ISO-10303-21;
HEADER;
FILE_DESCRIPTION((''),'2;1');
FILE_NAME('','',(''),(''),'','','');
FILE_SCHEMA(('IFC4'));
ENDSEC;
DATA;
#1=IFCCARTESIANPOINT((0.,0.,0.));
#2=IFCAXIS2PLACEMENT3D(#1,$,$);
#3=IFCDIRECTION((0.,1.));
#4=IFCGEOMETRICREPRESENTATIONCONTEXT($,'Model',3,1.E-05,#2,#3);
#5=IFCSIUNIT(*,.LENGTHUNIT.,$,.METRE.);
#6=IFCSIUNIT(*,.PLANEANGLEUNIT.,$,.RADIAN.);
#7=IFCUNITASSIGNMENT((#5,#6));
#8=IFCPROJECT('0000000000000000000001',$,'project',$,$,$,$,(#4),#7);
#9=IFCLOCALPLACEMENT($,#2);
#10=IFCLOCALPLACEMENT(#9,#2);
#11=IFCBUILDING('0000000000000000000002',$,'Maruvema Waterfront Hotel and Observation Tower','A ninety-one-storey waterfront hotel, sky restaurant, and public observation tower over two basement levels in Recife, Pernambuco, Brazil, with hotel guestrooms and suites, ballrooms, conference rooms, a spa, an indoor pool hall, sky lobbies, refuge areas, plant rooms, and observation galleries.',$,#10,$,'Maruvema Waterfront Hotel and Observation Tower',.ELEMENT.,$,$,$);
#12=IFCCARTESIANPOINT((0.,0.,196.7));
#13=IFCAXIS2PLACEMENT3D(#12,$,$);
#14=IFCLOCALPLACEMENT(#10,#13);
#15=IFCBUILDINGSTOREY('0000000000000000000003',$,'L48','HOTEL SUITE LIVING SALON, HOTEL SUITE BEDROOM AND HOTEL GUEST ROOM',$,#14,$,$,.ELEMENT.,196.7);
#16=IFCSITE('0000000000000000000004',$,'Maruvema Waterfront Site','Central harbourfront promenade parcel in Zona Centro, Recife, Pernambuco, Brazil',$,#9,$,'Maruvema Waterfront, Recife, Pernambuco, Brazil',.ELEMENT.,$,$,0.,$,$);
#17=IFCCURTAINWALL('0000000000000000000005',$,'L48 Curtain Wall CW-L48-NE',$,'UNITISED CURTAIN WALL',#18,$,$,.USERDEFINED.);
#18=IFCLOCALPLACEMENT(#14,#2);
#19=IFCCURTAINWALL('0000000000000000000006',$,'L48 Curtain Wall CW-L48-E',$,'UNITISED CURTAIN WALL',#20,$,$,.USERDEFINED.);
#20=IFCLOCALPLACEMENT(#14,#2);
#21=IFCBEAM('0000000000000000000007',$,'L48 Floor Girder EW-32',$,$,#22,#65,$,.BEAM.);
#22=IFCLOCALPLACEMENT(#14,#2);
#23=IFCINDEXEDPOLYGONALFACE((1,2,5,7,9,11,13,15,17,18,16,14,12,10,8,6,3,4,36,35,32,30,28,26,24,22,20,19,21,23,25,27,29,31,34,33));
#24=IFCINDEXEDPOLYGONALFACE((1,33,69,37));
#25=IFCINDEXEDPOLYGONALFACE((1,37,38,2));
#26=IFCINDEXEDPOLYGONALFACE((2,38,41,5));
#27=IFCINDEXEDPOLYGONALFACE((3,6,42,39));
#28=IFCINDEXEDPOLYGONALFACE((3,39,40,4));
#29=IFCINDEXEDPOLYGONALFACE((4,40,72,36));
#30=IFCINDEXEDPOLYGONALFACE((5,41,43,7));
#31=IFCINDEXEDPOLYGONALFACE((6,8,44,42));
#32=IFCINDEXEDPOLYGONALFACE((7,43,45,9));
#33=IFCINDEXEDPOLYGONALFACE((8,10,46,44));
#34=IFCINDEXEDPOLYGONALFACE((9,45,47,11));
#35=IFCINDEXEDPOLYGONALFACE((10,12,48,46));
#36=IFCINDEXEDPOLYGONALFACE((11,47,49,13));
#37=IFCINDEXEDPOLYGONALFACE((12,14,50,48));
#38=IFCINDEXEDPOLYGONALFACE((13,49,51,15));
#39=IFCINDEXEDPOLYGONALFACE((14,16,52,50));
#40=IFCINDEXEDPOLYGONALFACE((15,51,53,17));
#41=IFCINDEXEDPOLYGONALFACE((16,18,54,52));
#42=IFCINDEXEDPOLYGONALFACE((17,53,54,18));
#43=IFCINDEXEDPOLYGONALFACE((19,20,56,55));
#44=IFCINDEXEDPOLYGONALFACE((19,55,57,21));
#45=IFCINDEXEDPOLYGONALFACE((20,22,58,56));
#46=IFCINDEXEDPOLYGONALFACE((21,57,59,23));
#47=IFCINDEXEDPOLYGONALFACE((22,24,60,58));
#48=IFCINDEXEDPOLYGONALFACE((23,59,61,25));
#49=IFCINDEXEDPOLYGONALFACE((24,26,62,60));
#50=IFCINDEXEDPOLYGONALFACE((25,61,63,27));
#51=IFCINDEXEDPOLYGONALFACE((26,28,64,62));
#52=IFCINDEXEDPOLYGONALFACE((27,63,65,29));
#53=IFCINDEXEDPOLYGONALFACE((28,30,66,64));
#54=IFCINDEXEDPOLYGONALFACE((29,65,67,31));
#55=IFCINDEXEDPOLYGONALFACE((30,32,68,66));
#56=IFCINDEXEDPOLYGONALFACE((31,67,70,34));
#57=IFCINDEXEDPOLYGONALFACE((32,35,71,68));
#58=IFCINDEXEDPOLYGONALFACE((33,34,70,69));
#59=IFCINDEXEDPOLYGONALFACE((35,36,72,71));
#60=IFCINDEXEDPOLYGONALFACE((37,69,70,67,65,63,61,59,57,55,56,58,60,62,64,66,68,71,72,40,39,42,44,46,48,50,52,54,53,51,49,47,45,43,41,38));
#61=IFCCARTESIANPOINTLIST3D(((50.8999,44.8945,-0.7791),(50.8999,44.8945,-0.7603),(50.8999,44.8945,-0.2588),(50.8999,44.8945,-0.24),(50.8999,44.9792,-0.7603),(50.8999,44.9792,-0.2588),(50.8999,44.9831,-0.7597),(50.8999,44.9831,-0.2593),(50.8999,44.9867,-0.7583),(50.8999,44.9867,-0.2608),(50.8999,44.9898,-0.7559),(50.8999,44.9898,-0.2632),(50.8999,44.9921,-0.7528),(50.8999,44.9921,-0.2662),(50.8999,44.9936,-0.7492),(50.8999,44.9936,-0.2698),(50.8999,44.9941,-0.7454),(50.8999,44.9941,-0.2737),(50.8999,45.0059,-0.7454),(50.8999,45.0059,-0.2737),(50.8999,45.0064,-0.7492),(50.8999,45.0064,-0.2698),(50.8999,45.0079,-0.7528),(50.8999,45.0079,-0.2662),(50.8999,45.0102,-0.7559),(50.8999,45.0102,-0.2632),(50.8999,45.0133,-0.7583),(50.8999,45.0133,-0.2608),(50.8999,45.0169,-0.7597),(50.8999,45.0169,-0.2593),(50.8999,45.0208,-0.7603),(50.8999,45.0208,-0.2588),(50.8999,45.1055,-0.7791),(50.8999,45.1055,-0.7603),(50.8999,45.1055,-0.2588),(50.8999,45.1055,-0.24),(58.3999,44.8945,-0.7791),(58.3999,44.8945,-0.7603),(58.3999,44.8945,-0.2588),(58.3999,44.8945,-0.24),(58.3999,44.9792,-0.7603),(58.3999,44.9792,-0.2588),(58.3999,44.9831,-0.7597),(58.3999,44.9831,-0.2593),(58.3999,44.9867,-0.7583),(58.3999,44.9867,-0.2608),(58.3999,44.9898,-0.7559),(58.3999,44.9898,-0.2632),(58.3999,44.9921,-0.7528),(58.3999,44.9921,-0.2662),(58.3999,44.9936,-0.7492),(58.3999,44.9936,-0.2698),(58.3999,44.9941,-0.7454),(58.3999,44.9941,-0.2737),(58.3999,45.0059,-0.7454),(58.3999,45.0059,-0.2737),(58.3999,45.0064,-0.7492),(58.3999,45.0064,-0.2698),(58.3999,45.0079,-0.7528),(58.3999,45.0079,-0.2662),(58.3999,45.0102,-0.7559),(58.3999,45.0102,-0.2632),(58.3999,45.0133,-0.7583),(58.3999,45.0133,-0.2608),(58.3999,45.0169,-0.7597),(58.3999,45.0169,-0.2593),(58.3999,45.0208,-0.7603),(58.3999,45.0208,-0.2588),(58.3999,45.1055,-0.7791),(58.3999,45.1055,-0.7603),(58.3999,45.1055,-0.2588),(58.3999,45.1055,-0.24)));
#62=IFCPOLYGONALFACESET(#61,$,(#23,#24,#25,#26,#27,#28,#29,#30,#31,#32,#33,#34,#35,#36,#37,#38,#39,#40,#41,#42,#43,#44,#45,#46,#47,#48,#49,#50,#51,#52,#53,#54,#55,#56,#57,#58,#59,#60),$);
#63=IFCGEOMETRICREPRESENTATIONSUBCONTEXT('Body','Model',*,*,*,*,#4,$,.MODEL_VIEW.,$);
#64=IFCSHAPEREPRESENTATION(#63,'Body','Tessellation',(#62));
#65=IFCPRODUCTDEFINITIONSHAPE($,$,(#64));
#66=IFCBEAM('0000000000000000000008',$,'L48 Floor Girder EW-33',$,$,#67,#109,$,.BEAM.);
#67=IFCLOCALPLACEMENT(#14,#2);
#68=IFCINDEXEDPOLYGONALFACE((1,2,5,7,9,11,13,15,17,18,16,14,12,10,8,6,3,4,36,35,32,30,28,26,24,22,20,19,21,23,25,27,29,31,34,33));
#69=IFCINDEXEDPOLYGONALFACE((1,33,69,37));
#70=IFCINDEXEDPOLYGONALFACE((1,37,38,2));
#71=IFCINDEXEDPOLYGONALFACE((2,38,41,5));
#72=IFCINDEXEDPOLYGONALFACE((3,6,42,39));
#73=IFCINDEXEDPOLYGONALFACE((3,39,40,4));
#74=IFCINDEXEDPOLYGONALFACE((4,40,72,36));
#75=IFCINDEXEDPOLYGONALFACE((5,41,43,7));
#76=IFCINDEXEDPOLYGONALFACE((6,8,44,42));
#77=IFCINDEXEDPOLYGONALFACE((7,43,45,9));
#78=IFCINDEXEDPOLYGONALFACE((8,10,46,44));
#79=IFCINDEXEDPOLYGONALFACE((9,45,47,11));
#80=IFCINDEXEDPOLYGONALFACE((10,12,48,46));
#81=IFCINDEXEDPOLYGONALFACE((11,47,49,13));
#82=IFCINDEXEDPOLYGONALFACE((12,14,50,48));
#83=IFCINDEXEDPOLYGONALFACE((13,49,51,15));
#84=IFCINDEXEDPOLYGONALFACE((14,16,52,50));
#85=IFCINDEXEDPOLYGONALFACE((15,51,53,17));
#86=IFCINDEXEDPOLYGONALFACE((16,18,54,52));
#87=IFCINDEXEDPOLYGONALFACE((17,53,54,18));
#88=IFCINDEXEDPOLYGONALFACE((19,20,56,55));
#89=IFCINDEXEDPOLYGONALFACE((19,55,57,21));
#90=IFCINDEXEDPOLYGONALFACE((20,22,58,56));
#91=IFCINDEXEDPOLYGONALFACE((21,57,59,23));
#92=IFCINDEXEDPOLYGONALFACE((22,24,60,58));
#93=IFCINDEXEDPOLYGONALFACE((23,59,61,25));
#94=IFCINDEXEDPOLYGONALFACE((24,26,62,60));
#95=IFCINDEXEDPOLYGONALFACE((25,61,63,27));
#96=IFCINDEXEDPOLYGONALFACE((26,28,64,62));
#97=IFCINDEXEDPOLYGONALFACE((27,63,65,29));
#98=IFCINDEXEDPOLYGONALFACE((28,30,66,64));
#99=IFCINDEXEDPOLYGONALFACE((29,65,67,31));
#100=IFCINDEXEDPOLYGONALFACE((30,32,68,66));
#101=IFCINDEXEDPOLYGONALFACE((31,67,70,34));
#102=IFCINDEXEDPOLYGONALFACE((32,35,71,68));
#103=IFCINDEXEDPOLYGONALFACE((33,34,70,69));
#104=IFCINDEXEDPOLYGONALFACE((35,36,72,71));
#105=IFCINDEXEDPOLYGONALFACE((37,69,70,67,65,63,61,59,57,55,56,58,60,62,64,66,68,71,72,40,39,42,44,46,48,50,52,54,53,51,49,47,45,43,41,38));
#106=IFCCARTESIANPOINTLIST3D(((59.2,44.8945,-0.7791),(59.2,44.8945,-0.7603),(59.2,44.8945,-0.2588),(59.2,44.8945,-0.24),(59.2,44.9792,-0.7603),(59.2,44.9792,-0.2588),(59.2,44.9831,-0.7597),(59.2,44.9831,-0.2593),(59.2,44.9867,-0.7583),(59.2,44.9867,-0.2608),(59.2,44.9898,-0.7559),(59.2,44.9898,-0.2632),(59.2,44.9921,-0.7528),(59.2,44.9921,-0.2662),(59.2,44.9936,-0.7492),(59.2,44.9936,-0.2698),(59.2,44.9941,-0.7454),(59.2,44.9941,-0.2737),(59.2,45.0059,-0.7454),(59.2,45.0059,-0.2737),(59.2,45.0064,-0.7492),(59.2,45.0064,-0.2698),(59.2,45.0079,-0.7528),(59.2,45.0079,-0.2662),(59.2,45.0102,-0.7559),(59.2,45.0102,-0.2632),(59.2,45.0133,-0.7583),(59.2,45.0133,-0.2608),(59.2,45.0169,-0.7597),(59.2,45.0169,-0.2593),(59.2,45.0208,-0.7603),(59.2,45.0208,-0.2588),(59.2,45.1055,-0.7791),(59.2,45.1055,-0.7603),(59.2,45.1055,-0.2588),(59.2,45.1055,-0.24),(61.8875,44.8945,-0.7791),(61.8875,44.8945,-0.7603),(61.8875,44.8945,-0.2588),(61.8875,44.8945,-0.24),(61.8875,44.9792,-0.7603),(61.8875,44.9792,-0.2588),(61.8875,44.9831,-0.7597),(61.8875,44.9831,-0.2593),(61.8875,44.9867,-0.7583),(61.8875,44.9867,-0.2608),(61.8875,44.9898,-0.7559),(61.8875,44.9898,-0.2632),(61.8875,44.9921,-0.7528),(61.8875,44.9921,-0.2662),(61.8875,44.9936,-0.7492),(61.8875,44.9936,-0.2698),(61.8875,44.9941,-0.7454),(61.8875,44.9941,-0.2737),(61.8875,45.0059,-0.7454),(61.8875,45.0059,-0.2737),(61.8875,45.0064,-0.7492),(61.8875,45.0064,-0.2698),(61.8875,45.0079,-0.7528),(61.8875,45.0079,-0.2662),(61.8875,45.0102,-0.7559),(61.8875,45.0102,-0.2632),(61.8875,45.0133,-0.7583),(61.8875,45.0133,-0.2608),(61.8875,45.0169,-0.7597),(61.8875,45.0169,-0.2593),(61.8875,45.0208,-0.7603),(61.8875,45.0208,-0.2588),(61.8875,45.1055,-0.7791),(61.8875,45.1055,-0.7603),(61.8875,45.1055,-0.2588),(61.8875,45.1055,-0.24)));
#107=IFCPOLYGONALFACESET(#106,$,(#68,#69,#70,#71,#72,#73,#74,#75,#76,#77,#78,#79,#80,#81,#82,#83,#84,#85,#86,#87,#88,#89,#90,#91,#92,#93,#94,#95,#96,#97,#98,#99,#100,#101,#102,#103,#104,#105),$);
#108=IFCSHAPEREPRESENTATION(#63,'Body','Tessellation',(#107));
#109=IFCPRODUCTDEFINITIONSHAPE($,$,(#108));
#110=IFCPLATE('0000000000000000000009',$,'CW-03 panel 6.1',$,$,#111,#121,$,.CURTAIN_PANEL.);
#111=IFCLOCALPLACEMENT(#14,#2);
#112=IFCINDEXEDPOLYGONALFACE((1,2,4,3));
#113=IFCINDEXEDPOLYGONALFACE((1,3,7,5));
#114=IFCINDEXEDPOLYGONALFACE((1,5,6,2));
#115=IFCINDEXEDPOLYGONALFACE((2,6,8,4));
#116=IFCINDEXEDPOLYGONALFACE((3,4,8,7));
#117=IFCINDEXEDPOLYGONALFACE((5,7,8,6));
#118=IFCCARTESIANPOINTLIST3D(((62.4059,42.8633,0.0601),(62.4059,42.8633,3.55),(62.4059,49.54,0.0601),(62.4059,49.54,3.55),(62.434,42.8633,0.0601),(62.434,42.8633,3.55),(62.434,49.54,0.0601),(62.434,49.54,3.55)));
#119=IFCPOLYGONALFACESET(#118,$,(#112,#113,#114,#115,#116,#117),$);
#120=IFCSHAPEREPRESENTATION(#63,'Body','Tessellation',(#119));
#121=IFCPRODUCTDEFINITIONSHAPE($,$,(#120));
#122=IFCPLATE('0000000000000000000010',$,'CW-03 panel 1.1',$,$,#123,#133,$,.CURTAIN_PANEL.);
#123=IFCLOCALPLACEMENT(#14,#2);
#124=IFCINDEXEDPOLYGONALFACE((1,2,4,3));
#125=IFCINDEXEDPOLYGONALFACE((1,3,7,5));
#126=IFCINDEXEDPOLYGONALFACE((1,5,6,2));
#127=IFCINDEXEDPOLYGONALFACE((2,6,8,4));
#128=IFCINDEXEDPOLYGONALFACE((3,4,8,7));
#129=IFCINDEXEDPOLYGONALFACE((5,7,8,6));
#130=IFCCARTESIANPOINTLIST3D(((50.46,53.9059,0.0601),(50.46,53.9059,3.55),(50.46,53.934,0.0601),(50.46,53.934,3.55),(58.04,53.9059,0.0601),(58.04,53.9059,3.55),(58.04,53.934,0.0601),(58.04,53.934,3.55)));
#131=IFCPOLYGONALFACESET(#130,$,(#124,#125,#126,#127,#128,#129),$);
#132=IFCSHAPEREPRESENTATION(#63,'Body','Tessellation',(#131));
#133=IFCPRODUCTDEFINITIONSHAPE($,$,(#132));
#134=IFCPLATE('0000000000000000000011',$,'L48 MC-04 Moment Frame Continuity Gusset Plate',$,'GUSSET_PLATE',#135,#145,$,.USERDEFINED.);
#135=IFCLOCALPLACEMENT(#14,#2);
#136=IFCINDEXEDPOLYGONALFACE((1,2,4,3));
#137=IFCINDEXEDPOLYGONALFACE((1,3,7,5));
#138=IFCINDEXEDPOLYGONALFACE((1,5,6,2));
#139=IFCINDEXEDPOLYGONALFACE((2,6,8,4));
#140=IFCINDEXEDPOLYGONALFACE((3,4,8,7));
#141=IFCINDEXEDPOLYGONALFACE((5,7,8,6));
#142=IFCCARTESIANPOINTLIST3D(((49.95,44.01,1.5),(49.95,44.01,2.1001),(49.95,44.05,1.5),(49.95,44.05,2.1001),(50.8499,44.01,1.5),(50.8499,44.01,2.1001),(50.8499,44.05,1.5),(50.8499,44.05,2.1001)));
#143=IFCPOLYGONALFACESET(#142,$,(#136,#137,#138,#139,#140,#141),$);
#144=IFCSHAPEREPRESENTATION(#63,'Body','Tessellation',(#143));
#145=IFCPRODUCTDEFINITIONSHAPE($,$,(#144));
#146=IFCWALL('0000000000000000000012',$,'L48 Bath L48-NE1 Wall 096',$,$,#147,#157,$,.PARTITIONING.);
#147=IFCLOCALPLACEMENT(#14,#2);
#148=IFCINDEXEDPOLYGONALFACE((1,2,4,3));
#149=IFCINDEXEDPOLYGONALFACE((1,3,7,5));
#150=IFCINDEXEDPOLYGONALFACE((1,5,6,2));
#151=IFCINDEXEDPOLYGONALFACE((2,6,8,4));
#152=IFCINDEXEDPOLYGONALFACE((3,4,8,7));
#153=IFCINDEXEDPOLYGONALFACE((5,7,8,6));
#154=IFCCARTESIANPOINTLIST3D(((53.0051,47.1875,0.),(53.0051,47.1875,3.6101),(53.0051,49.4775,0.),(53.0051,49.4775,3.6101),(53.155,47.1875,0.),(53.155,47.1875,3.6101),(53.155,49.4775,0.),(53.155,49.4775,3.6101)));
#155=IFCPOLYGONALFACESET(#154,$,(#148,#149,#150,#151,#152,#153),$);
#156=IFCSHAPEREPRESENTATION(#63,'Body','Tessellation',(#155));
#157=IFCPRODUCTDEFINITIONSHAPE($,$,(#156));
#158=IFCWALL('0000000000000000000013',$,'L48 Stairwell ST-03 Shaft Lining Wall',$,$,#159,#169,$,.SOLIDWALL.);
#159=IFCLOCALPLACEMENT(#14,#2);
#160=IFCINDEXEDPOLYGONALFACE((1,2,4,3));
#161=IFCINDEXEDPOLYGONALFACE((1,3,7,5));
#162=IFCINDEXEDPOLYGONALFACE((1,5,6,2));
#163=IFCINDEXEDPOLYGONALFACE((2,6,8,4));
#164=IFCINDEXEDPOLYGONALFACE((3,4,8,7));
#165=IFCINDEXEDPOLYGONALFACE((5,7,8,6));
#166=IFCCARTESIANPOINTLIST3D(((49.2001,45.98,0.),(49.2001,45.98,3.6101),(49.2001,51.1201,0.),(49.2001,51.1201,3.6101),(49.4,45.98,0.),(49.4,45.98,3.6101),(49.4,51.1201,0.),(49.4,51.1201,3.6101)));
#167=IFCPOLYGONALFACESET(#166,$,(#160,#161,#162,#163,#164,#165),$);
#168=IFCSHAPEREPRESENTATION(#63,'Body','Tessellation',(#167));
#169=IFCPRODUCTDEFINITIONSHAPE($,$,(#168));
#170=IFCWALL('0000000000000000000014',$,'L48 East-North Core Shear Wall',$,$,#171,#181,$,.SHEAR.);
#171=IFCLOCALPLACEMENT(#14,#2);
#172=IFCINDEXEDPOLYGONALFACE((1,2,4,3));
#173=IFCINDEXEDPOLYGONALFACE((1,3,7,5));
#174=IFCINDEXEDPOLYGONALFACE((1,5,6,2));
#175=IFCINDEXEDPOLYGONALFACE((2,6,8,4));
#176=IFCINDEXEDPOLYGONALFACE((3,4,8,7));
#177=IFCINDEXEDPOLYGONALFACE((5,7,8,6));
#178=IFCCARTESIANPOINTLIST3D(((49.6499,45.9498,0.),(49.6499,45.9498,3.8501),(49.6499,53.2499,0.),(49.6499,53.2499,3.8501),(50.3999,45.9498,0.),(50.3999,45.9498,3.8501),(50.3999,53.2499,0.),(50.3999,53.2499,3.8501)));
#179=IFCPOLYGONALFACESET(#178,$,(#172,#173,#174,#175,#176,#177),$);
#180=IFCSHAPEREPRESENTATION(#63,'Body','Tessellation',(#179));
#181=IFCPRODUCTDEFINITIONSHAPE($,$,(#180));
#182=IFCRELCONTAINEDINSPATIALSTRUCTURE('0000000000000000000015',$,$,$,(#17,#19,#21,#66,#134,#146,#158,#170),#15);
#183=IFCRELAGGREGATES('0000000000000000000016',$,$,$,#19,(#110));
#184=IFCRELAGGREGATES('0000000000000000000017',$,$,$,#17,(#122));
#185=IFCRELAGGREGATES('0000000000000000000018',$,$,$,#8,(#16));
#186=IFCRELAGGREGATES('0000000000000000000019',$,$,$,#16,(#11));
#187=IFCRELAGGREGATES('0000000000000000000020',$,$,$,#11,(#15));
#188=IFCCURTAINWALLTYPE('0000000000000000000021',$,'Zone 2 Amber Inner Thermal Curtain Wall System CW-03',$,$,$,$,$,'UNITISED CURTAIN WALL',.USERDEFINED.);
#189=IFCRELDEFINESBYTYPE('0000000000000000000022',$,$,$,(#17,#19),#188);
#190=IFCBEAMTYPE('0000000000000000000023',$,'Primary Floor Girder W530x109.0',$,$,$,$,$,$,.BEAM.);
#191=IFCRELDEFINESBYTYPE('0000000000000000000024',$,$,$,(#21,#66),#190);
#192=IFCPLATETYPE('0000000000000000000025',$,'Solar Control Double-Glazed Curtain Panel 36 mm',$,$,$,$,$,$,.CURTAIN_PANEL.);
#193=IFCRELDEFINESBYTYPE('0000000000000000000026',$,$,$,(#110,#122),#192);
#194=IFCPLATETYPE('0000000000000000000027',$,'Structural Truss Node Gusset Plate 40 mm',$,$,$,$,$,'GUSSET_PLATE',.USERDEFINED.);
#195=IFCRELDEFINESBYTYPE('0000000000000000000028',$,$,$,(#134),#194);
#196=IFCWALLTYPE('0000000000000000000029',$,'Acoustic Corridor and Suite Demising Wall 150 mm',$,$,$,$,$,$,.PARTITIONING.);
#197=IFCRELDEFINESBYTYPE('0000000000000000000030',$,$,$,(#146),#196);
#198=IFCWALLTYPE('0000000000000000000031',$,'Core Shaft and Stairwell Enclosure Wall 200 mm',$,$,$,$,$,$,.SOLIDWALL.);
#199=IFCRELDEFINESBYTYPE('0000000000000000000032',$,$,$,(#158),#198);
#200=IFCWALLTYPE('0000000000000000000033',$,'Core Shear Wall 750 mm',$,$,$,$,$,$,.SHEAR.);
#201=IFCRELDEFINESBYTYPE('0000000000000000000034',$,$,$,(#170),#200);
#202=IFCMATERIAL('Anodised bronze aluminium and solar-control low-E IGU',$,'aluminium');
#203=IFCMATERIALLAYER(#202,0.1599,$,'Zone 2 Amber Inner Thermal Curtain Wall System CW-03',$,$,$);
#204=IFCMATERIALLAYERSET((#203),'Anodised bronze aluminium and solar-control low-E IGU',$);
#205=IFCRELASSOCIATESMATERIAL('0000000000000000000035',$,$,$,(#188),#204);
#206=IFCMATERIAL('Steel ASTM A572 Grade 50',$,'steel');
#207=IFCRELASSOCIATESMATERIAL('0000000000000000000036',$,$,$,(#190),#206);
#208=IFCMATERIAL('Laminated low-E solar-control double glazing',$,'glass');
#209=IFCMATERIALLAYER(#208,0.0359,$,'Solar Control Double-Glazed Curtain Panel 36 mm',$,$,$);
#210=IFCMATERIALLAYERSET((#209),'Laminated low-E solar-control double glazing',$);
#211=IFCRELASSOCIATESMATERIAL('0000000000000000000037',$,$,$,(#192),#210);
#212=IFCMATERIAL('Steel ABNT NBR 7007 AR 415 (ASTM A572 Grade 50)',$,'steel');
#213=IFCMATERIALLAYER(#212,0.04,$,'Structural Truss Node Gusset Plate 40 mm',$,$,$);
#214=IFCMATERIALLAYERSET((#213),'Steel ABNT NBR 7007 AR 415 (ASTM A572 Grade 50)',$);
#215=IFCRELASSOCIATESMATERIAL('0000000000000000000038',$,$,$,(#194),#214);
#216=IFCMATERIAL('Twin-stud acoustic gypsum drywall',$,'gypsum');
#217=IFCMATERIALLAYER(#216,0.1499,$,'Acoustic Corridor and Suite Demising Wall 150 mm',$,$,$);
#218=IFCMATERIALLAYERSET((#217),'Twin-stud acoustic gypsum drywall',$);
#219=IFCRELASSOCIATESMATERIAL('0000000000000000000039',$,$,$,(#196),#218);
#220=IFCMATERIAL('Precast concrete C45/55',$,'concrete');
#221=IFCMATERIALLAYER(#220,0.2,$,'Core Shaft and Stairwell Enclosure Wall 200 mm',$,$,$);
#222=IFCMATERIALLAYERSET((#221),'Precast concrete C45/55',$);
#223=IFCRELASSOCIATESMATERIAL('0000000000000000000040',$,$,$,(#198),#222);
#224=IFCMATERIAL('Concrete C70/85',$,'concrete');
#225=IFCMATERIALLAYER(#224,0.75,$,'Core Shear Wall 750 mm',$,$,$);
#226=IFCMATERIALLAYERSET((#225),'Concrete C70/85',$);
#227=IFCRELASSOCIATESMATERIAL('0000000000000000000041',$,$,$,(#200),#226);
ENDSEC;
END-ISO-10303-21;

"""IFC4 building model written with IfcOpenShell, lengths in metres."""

from ifc_helpers import new_model, si_unit, direction, frame, frame_2d, origin, origin_2d, place, context, subcontext, project, spatial, rectangle, i_section, extrude, material, layer, layer_set, material_profile, profile_set, type_object, element, aggregate, save


model = new_model("IFC4")

# Units and contexts
model_context = context("Model", 3, precision=1e-05, world=origin(), true_north=direction((0.0, 1.0)))
body_context = subcontext(model_context, "Body", "Model", "MODEL_VIEW")
ifc_project = project(units=[si_unit("LENGTHUNIT", "METRE"), si_unit("PLANEANGLEUNIT", "RADIAN")], contexts=[model_context])

# Site, building, storey
site_placement = place(None, origin())
site = spatial("IfcSite", under=ifc_project, at=site_placement, Name="Maruvema Waterfront Site", Description="Central harbourfront promenade parcel in Zona Centro, Recife, Pernambuco, Brazil", LongName="Maruvema Waterfront, Recife, Pernambuco, Brazil", CompositionType="ELEMENT", RefElevation=0.0)
building_placement = place(site_placement, origin())
building = spatial("IfcBuilding", under=site, at=building_placement, Name="Maruvema Waterfront Hotel and Observation Tower", Description="A ninety-one-storey waterfront hotel, sky restaurant, and public observation tower over two basement levels in Recife, Pernambuco, Brazil, with hotel guestrooms and suites, ballrooms, conference rooms, a spa, an indoor pool hall, sky lobbies, refuge areas, plant rooms, and observation galleries.", LongName="Maruvema Waterfront Hotel and Observation Tower", CompositionType="ELEMENT")
storey_placement = place(building_placement, frame((0.0, 0.0, 196.7)))
storey = spatial("IfcBuildingStorey", under=building, at=storey_placement, Name="L48", Description="HOTEL SUITE LIVING SALON, HOTEL SUITE BEDROOM AND HOTEL GUEST ROOM", CompositionType="ELEMENT", Elevation=196.7)

# Curtain wall
ifc_material_1 = material(Name="Anodised bronze aluminium and solar-control low-E IGU", Category="aluminium")
ifc_layer_1 = layer(ifc_material_1, 0.1599, Name="Zone 2 Amber Inner Thermal Curtain Wall System CW-03")
ifc_layer_set_1 = layer_set([ifc_layer_1], Name="Anodised bronze aluminium and solar-control low-E IGU")
curtain_wall_type = type_object("IfcCurtainWallType", Name="Zone 2 Amber Inner Thermal Curtain Wall System CW-03", ElementType="UNITISED CURTAIN WALL", PredefinedType="USERDEFINED", material=ifc_layer_set_1)
curtain_wall_1_placement = place(storey_placement, origin())
curtain_wall_1 = element("IfcCurtainWall", 1, at=curtain_wall_1_placement, inside=storey, type_object=curtain_wall_type, Name="L48 Curtain Wall CW-L48-NE", ObjectType="UNITISED CURTAIN WALL", PredefinedType="USERDEFINED")

# Curtain wall
curtain_wall_2_placement = place(storey_placement, origin())
curtain_wall_2 = element("IfcCurtainWall", 2, at=curtain_wall_2_placement, inside=storey, type_object=curtain_wall_type, Name="L48 Curtain Wall CW-L48-E", ObjectType="UNITISED CURTAIN WALL", PredefinedType="USERDEFINED")

# Beams
ifc_material_2 = material(Name="Steel ASTM A572 Grade 50", Category="steel")
ifc_material_profile_1 = material_profile(ifc_material_2, i_section(OverallWidth=0.2109, OverallDepth=0.5391, WebThickness=0.0117, FlangeThickness=0.0188, FilletRadius=0.0149, at=origin_2d()), Name="W530x109.0")
ifc_profile_set_1 = profile_set([ifc_material_profile_1], Name="Steel ASTM A572 Grade 50")
beam_type = type_object("IfcBeamType", Name="Primary Floor Girder W530x109.0", PredefinedType="BEAM", material=ifc_profile_set_1)
beam_1_placement = place(storey_placement, frame((50.8999, 45.0, -0.5095), z_axis=(1.0, 0.0, 0.0), x_axis=(0.0, 1.0, 0.0)))
element("IfcBeam", 3, at=beam_1_placement, inside=storey, type_object=beam_type, Name="L48 Floor Girder EW-32", PredefinedType="BEAM", context=body_context, shape_type="SweptSolid", body=[
    extrude(i_section(OverallWidth=0.2109, OverallDepth=0.5391, WebThickness=0.0117, FlangeThickness=0.0188, FilletRadius=0.0149, at=origin_2d()), origin(), (0.0, 0.0, 1.0), 7.5),
])
beam_2_placement = place(storey_placement, frame((59.2, 45.0, -0.5095), z_axis=(1.0, 0.0, 0.0), x_axis=(0.0, 1.0, 0.0)))
element("IfcBeam", 4, at=beam_2_placement, inside=storey, type_object=beam_type, Name="L48 Floor Girder EW-33", PredefinedType="BEAM", context=body_context, shape_type="SweptSolid", body=[
    extrude(i_section(OverallWidth=0.2109, OverallDepth=0.5391, WebThickness=0.0117, FlangeThickness=0.0188, FilletRadius=0.0149, at=origin_2d()), origin(), (0.0, 0.0, 1.0), 2.6875),
])

# Plates
ifc_material_3 = material(Name="Laminated low-E solar-control double glazing", Category="glass")
ifc_layer_2 = layer(ifc_material_3, 0.0359, Name="Solar Control Double-Glazed Curtain Panel 36 mm")
ifc_layer_set_2 = layer_set([ifc_layer_2], Name="Laminated low-E solar-control double glazing")
plate_type_1 = type_object("IfcPlateType", Name="Solar Control Double-Glazed Curtain Panel 36 mm", PredefinedType="CURTAIN_PANEL", material=ifc_layer_set_2)
plate_1_placement = place(storey_placement, frame((62.4199, 46.2017, 0.0601), z_axis=(0.0, 0.0, 1.0), x_axis=(0.0, 1.0, 0.0)))
plate_1 = element("IfcPlate", 5, at=plate_1_placement, type_object=plate_type_1, Name="CW-03 panel 6.1", PredefinedType="CURTAIN_PANEL", context=body_context, shape_type="SweptSolid", body=[
    extrude(rectangle(XDim=6.6768, YDim=0.0281, at=origin_2d()), origin(), (0.0, 0.0, 1.0), 3.49),
])
aggregate(curtain_wall_2, [plate_1])
plate_2_placement = place(storey_placement, frame((54.25, 53.9199, 0.0601), z_axis=(0.0, 0.0, 1.0), x_axis=(-1.0, 0.0, 0.0)))
plate_2 = element("IfcPlate", 6, at=plate_2_placement, type_object=plate_type_1, Name="CW-03 panel 1.1", PredefinedType="CURTAIN_PANEL", context=body_context, shape_type="SweptSolid", body=[
    extrude(rectangle(XDim=7.5801, YDim=0.0281, at=origin_2d()), origin(), (0.0, 0.0, 1.0), 3.49),
])
aggregate(curtain_wall_1, [plate_2])
ifc_material_4 = material(Name="Steel ABNT NBR 7007 AR 415 (ASTM A572 Grade 50)", Category="steel")
ifc_layer_3 = layer(ifc_material_4, 0.04, Name="Structural Truss Node Gusset Plate 40 mm")
ifc_layer_set_3 = layer_set([ifc_layer_3], Name="Steel ABNT NBR 7007 AR 415 (ASTM A572 Grade 50)")
plate_type_2 = type_object("IfcPlateType", Name="Structural Truss Node Gusset Plate 40 mm", ElementType="GUSSET_PLATE", PredefinedType="USERDEFINED", material=ifc_layer_set_3)
plate_3_placement = place(storey_placement, frame((50.3999, 44.03, 1.5), z_axis=(0.0, 0.0, 1.0), x_axis=(1.0, 0.0, 0.0)))
element("IfcPlate", 7, at=plate_3_placement, inside=storey, type_object=plate_type_2, Name="L48 MC-04 Moment Frame Continuity Gusset Plate", ObjectType="GUSSET_PLATE", PredefinedType="USERDEFINED", context=body_context, shape_type="SweptSolid", body=[
    extrude(rectangle(XDim=0.8999, YDim=0.04, at=origin_2d()), origin(), (0.0, 0.0, 1.0), 0.6001),
])

# Walls
ifc_material_5 = material(Name="Twin-stud acoustic gypsum drywall", Category="gypsum")
ifc_layer_4 = layer(ifc_material_5, 0.1499, Name="Acoustic Corridor and Suite Demising Wall 150 mm")
ifc_layer_set_4 = layer_set([ifc_layer_4], Name="Twin-stud acoustic gypsum drywall")
wall_type_1 = type_object("IfcWallType", Name="Acoustic Corridor and Suite Demising Wall 150 mm", PredefinedType="PARTITIONING", material=ifc_layer_set_4)
wall_1_placement = place(storey_placement, frame((53.0801, 47.1875, 0.0), z_axis=(0.0, 0.0, 1.0), x_axis=(0.0, 1.0, 0.0)))
element("IfcWall", 8, at=wall_1_placement, inside=storey, type_object=wall_type_1, Name="L48 Bath L48-NE1 Wall 096", PredefinedType="PARTITIONING", context=body_context, shape_type="SweptSolid", body=[
    extrude(rectangle(XDim=2.29, YDim=0.1499, at=frame_2d((1.145, 0.0))), origin(), (0.0, 0.0, 1.0), 3.6101),
])
ifc_material_6 = material(Name="Precast concrete C45/55", Category="concrete")
ifc_layer_5 = layer(ifc_material_6, 0.2, Name="Core Shaft and Stairwell Enclosure Wall 200 mm")
ifc_layer_set_5 = layer_set([ifc_layer_5], Name="Precast concrete C45/55")
wall_type_2 = type_object("IfcWallType", Name="Core Shaft and Stairwell Enclosure Wall 200 mm", PredefinedType="SOLIDWALL", material=ifc_layer_set_5)
wall_2_placement = place(storey_placement, frame((49.3, 45.98, 0.0), z_axis=(0.0, 0.0, 1.0), x_axis=(0.0, 1.0, 0.0)))
element("IfcWall", 9, at=wall_2_placement, inside=storey, type_object=wall_type_2, Name="L48 Stairwell ST-03 Shaft Lining Wall", PredefinedType="SOLIDWALL", context=body_context, shape_type="SweptSolid", body=[
    extrude(rectangle(XDim=5.1401, YDim=0.2, at=frame_2d((2.5701, 0.0))), origin(), (0.0, 0.0, 1.0), 3.6101),
])
ifc_material_7 = material(Name="Concrete C70/85", Category="concrete")
ifc_layer_6 = layer(ifc_material_7, 0.75, Name="Core Shear Wall 750 mm")
ifc_layer_set_6 = layer_set([ifc_layer_6], Name="Concrete C70/85")
wall_type_3 = type_object("IfcWallType", Name="Core Shear Wall 750 mm", PredefinedType="SHEAR", material=ifc_layer_set_6)
wall_3_placement = place(storey_placement, frame((50.0249, 45.95, 0.0), z_axis=(0.0, 0.0, 1.0), x_axis=(0.0, 1.0, 0.0)))
element("IfcWall", 10, at=wall_3_placement, inside=storey, type_object=wall_type_3, Name="L48 East-North Core Shear Wall", PredefinedType="SHEAR", context=body_context, shape_type="SweptSolid", body=[
    extrude(rectangle(XDim=7.3, YDim=0.75, at=frame_2d((3.6499, 0.0))), origin(), (0.0, 0.0, 1.0), 3.8501),
])

save(model, "model.ifc")
